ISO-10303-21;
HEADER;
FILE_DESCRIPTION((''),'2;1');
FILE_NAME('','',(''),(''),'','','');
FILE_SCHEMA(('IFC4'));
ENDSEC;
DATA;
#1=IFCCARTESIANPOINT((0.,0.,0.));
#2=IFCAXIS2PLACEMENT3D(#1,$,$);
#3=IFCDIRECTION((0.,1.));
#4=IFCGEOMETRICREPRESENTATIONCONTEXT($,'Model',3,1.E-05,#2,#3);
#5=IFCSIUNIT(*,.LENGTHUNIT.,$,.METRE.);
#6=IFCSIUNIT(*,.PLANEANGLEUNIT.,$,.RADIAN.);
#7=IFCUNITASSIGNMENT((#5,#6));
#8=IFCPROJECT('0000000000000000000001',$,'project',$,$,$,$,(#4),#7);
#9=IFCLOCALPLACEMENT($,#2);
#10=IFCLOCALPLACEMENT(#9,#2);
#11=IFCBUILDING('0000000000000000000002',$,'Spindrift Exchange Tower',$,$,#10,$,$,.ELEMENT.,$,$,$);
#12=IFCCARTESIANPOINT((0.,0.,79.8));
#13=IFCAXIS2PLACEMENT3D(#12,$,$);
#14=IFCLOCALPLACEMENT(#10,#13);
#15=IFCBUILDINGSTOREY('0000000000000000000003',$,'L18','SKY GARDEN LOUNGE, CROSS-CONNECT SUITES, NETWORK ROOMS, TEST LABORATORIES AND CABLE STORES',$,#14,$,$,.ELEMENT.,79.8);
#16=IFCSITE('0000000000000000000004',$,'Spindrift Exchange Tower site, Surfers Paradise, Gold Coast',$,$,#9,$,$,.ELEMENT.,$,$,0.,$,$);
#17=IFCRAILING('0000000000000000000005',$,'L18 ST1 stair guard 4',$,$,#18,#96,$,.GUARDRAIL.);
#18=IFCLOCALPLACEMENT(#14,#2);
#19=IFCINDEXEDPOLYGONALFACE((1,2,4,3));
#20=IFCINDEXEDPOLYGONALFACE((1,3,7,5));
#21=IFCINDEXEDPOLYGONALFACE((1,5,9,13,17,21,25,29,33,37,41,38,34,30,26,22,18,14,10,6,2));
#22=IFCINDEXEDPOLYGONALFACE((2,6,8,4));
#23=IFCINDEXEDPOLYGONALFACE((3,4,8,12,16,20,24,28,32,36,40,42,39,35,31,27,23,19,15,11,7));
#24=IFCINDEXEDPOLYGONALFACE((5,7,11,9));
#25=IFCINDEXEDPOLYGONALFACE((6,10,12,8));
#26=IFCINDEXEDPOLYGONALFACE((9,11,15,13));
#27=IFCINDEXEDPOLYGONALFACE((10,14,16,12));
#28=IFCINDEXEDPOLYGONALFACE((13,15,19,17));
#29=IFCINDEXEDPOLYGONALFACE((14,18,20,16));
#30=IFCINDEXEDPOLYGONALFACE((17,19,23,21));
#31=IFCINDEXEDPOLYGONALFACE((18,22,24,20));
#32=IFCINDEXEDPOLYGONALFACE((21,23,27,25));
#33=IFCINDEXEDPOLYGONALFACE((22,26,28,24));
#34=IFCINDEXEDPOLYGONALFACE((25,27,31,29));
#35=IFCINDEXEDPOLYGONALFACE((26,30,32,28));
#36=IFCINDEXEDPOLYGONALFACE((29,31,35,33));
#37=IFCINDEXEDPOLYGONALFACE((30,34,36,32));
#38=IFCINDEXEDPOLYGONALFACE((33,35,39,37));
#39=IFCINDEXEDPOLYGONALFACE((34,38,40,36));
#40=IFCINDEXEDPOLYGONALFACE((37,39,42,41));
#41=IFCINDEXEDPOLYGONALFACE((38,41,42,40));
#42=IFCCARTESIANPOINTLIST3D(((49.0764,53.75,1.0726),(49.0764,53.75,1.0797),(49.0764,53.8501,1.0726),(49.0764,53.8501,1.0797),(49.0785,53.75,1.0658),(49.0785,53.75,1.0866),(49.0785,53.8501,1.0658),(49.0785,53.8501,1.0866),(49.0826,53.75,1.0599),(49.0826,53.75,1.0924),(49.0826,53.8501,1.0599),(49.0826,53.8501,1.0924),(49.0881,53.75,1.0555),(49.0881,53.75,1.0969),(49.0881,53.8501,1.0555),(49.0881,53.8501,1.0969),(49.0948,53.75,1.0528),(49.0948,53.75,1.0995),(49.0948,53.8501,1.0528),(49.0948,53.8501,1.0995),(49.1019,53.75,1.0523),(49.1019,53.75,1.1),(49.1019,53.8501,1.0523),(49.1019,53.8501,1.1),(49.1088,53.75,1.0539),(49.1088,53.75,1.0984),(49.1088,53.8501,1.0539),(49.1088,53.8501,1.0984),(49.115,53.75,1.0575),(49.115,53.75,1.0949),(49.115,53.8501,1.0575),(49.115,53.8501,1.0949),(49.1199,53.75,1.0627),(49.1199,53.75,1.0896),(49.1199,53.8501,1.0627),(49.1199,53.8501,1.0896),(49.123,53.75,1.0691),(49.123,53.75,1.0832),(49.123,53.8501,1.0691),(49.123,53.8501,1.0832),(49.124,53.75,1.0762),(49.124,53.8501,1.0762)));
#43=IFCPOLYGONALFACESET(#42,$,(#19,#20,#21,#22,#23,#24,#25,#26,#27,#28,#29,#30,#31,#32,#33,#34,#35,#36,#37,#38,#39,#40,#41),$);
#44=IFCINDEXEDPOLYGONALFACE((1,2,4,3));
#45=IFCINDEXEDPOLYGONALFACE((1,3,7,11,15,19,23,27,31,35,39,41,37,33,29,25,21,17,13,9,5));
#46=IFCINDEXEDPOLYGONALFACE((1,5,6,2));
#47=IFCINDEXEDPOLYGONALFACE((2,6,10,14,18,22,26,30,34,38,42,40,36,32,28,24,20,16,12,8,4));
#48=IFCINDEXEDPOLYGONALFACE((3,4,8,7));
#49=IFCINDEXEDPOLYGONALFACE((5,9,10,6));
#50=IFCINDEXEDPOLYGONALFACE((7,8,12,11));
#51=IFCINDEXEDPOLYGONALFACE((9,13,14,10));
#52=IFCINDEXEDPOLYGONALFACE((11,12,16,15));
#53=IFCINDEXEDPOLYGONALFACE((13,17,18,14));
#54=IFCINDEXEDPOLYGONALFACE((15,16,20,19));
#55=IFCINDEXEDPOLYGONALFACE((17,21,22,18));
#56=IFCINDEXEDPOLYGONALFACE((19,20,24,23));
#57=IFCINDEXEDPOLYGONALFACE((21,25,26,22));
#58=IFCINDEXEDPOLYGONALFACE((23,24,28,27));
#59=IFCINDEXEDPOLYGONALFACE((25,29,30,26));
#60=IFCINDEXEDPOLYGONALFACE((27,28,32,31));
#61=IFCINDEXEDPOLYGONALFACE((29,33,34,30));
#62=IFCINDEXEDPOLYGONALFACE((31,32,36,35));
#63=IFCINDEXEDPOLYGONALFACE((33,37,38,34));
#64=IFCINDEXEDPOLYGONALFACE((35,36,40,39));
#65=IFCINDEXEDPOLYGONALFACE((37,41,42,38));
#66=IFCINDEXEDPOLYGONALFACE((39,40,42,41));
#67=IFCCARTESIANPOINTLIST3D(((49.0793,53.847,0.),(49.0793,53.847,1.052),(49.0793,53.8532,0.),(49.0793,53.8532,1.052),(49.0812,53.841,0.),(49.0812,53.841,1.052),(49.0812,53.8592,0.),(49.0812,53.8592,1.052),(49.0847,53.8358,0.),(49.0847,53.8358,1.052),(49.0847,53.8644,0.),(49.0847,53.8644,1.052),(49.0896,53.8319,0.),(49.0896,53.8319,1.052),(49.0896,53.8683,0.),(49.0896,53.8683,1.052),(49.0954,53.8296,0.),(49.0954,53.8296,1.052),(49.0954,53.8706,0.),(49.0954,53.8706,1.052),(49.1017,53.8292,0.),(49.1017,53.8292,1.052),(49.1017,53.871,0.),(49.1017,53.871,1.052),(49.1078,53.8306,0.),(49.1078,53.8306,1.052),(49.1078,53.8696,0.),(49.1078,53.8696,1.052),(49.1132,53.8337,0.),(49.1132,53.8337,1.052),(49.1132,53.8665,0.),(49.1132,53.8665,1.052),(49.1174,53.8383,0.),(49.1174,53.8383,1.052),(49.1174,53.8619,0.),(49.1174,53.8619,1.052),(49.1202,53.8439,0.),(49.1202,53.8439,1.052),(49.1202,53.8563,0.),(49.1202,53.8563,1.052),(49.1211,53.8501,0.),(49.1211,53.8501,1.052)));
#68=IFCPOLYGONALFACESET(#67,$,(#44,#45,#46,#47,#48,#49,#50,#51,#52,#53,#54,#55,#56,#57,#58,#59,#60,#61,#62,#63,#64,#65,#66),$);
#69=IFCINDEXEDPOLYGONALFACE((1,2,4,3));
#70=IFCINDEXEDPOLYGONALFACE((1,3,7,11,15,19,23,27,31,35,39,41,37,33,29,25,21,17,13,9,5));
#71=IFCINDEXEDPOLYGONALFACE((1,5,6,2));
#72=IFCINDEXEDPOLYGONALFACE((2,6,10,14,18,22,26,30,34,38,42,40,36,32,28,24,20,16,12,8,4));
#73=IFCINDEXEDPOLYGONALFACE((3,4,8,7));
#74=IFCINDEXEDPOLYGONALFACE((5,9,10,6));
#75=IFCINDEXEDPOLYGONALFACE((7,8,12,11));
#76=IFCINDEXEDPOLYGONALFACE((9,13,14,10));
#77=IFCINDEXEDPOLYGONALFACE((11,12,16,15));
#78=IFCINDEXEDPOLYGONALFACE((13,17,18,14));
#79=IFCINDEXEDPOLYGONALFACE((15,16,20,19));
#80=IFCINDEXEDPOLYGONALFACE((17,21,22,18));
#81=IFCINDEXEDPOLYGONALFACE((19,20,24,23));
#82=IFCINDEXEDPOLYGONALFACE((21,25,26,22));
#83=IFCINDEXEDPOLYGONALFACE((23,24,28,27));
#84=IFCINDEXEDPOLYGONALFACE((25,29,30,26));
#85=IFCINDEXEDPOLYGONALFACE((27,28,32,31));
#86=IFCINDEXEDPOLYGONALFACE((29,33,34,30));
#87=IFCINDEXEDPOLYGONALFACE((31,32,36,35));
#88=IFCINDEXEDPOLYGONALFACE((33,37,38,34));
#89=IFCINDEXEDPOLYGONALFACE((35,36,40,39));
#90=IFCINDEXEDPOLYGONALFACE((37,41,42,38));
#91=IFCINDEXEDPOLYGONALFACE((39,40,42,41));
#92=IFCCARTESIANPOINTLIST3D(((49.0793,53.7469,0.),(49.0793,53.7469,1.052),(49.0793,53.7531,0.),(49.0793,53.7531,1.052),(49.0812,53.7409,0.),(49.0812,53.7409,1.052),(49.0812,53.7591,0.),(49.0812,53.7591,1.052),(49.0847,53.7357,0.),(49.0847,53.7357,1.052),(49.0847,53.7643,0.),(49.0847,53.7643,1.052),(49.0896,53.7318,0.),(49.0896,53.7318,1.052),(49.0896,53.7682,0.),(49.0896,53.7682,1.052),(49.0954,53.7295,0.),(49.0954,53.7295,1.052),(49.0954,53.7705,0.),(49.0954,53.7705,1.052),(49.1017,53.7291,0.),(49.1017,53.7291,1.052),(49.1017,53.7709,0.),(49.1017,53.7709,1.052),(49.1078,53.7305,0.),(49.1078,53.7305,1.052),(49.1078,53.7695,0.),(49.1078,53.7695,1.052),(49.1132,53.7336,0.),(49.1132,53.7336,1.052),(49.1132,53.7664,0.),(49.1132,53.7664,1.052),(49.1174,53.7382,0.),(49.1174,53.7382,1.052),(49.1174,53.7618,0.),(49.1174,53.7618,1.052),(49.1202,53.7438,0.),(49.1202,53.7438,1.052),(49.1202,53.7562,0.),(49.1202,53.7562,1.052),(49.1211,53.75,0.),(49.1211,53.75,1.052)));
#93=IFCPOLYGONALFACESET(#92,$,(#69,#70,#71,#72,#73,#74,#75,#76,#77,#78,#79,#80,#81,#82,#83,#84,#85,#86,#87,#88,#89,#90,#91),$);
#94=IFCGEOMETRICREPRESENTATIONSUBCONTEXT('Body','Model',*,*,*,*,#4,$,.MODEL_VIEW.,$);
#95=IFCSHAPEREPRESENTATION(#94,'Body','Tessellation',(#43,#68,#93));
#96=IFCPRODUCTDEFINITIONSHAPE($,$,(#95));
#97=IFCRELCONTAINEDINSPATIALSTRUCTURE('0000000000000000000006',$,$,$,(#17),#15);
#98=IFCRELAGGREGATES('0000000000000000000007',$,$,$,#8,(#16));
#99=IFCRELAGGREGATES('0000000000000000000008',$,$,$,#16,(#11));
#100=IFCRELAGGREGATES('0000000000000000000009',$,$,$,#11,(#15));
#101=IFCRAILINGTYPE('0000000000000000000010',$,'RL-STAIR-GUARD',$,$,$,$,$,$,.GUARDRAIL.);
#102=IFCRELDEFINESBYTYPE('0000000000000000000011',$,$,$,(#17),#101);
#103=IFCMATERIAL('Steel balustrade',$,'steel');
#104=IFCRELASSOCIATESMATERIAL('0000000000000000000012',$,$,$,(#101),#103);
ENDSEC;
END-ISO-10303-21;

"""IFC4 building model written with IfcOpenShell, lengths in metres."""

from ifc_helpers import new_model, si_unit, direction, frame, origin, origin_2d, place, context, subcontext, project, spatial, circle, extrude, material, type_object, element, save


model = new_model("IFC4")

# Units and contexts
model_context = context("Model", 3, precision=1e-05, world=origin(), true_north=direction((0.0, 1.0)))
body_context = subcontext(model_context, "Body", "Model", "MODEL_VIEW")
ifc_project = project(units=[si_unit("LENGTHUNIT", "METRE"), si_unit("PLANEANGLEUNIT", "RADIAN")], contexts=[model_context])

# Site, building, storey
site_placement = place(None, origin())
site = spatial("IfcSite", under=ifc_project, at=site_placement, Name="Spindrift Exchange Tower site, Surfers Paradise, Gold Coast", CompositionType="ELEMENT", RefElevation=0.0)
building_placement = place(site_placement, origin())
building = spatial("IfcBuilding", under=site, at=building_placement, Name="Spindrift Exchange Tower", CompositionType="ELEMENT")
storey_placement = place(building_placement, frame((0.0, 0.0, 79.8)))
storey = spatial("IfcBuildingStorey", under=building, at=storey_placement, Name="L18", Description="SKY GARDEN LOUNGE, CROSS-CONNECT SUITES, NETWORK ROOMS, TEST LABORATORIES AND CABLE STORES", CompositionType="ELEMENT", Elevation=79.8)

# Railing
ifc_material_1 = material(Name="Steel balustrade", Category="steel")
railing_type_1 = type_object("IfcRailingType", Name="RL-STAIR-GUARD", PredefinedType="GUARDRAIL", material=ifc_material_1)
railing_1_placement = place(storey_placement, frame((49.1001, 53.8501, 0.0)))
element("IfcRailing", 1, at=railing_1_placement, inside=storey, type_object=railing_type_1, Name="L18 ST1 stair guard 4", PredefinedType="GUARDRAIL", context=body_context, shape_type="SweptSolid", body=[
    extrude(circle(Radius=0.0239, at=origin_2d()), frame((0.0, 0.0, 1.0762), z_axis=(0.0, -1.0, 0.0), x_axis=(1.0, 0.0, 0.0)), (0.0, 0.0, 1.0), 0.1001),
    extrude(circle(Radius=0.021, at=origin_2d()), origin(), (0.0, 0.0, 1.0), 1.052),
    extrude(circle(Radius=0.021, at=origin_2d()), frame((0.0, -0.1001, 0.0)), (0.0, 0.0, 1.0), 1.052),
])

save(model, "model.ifc")
